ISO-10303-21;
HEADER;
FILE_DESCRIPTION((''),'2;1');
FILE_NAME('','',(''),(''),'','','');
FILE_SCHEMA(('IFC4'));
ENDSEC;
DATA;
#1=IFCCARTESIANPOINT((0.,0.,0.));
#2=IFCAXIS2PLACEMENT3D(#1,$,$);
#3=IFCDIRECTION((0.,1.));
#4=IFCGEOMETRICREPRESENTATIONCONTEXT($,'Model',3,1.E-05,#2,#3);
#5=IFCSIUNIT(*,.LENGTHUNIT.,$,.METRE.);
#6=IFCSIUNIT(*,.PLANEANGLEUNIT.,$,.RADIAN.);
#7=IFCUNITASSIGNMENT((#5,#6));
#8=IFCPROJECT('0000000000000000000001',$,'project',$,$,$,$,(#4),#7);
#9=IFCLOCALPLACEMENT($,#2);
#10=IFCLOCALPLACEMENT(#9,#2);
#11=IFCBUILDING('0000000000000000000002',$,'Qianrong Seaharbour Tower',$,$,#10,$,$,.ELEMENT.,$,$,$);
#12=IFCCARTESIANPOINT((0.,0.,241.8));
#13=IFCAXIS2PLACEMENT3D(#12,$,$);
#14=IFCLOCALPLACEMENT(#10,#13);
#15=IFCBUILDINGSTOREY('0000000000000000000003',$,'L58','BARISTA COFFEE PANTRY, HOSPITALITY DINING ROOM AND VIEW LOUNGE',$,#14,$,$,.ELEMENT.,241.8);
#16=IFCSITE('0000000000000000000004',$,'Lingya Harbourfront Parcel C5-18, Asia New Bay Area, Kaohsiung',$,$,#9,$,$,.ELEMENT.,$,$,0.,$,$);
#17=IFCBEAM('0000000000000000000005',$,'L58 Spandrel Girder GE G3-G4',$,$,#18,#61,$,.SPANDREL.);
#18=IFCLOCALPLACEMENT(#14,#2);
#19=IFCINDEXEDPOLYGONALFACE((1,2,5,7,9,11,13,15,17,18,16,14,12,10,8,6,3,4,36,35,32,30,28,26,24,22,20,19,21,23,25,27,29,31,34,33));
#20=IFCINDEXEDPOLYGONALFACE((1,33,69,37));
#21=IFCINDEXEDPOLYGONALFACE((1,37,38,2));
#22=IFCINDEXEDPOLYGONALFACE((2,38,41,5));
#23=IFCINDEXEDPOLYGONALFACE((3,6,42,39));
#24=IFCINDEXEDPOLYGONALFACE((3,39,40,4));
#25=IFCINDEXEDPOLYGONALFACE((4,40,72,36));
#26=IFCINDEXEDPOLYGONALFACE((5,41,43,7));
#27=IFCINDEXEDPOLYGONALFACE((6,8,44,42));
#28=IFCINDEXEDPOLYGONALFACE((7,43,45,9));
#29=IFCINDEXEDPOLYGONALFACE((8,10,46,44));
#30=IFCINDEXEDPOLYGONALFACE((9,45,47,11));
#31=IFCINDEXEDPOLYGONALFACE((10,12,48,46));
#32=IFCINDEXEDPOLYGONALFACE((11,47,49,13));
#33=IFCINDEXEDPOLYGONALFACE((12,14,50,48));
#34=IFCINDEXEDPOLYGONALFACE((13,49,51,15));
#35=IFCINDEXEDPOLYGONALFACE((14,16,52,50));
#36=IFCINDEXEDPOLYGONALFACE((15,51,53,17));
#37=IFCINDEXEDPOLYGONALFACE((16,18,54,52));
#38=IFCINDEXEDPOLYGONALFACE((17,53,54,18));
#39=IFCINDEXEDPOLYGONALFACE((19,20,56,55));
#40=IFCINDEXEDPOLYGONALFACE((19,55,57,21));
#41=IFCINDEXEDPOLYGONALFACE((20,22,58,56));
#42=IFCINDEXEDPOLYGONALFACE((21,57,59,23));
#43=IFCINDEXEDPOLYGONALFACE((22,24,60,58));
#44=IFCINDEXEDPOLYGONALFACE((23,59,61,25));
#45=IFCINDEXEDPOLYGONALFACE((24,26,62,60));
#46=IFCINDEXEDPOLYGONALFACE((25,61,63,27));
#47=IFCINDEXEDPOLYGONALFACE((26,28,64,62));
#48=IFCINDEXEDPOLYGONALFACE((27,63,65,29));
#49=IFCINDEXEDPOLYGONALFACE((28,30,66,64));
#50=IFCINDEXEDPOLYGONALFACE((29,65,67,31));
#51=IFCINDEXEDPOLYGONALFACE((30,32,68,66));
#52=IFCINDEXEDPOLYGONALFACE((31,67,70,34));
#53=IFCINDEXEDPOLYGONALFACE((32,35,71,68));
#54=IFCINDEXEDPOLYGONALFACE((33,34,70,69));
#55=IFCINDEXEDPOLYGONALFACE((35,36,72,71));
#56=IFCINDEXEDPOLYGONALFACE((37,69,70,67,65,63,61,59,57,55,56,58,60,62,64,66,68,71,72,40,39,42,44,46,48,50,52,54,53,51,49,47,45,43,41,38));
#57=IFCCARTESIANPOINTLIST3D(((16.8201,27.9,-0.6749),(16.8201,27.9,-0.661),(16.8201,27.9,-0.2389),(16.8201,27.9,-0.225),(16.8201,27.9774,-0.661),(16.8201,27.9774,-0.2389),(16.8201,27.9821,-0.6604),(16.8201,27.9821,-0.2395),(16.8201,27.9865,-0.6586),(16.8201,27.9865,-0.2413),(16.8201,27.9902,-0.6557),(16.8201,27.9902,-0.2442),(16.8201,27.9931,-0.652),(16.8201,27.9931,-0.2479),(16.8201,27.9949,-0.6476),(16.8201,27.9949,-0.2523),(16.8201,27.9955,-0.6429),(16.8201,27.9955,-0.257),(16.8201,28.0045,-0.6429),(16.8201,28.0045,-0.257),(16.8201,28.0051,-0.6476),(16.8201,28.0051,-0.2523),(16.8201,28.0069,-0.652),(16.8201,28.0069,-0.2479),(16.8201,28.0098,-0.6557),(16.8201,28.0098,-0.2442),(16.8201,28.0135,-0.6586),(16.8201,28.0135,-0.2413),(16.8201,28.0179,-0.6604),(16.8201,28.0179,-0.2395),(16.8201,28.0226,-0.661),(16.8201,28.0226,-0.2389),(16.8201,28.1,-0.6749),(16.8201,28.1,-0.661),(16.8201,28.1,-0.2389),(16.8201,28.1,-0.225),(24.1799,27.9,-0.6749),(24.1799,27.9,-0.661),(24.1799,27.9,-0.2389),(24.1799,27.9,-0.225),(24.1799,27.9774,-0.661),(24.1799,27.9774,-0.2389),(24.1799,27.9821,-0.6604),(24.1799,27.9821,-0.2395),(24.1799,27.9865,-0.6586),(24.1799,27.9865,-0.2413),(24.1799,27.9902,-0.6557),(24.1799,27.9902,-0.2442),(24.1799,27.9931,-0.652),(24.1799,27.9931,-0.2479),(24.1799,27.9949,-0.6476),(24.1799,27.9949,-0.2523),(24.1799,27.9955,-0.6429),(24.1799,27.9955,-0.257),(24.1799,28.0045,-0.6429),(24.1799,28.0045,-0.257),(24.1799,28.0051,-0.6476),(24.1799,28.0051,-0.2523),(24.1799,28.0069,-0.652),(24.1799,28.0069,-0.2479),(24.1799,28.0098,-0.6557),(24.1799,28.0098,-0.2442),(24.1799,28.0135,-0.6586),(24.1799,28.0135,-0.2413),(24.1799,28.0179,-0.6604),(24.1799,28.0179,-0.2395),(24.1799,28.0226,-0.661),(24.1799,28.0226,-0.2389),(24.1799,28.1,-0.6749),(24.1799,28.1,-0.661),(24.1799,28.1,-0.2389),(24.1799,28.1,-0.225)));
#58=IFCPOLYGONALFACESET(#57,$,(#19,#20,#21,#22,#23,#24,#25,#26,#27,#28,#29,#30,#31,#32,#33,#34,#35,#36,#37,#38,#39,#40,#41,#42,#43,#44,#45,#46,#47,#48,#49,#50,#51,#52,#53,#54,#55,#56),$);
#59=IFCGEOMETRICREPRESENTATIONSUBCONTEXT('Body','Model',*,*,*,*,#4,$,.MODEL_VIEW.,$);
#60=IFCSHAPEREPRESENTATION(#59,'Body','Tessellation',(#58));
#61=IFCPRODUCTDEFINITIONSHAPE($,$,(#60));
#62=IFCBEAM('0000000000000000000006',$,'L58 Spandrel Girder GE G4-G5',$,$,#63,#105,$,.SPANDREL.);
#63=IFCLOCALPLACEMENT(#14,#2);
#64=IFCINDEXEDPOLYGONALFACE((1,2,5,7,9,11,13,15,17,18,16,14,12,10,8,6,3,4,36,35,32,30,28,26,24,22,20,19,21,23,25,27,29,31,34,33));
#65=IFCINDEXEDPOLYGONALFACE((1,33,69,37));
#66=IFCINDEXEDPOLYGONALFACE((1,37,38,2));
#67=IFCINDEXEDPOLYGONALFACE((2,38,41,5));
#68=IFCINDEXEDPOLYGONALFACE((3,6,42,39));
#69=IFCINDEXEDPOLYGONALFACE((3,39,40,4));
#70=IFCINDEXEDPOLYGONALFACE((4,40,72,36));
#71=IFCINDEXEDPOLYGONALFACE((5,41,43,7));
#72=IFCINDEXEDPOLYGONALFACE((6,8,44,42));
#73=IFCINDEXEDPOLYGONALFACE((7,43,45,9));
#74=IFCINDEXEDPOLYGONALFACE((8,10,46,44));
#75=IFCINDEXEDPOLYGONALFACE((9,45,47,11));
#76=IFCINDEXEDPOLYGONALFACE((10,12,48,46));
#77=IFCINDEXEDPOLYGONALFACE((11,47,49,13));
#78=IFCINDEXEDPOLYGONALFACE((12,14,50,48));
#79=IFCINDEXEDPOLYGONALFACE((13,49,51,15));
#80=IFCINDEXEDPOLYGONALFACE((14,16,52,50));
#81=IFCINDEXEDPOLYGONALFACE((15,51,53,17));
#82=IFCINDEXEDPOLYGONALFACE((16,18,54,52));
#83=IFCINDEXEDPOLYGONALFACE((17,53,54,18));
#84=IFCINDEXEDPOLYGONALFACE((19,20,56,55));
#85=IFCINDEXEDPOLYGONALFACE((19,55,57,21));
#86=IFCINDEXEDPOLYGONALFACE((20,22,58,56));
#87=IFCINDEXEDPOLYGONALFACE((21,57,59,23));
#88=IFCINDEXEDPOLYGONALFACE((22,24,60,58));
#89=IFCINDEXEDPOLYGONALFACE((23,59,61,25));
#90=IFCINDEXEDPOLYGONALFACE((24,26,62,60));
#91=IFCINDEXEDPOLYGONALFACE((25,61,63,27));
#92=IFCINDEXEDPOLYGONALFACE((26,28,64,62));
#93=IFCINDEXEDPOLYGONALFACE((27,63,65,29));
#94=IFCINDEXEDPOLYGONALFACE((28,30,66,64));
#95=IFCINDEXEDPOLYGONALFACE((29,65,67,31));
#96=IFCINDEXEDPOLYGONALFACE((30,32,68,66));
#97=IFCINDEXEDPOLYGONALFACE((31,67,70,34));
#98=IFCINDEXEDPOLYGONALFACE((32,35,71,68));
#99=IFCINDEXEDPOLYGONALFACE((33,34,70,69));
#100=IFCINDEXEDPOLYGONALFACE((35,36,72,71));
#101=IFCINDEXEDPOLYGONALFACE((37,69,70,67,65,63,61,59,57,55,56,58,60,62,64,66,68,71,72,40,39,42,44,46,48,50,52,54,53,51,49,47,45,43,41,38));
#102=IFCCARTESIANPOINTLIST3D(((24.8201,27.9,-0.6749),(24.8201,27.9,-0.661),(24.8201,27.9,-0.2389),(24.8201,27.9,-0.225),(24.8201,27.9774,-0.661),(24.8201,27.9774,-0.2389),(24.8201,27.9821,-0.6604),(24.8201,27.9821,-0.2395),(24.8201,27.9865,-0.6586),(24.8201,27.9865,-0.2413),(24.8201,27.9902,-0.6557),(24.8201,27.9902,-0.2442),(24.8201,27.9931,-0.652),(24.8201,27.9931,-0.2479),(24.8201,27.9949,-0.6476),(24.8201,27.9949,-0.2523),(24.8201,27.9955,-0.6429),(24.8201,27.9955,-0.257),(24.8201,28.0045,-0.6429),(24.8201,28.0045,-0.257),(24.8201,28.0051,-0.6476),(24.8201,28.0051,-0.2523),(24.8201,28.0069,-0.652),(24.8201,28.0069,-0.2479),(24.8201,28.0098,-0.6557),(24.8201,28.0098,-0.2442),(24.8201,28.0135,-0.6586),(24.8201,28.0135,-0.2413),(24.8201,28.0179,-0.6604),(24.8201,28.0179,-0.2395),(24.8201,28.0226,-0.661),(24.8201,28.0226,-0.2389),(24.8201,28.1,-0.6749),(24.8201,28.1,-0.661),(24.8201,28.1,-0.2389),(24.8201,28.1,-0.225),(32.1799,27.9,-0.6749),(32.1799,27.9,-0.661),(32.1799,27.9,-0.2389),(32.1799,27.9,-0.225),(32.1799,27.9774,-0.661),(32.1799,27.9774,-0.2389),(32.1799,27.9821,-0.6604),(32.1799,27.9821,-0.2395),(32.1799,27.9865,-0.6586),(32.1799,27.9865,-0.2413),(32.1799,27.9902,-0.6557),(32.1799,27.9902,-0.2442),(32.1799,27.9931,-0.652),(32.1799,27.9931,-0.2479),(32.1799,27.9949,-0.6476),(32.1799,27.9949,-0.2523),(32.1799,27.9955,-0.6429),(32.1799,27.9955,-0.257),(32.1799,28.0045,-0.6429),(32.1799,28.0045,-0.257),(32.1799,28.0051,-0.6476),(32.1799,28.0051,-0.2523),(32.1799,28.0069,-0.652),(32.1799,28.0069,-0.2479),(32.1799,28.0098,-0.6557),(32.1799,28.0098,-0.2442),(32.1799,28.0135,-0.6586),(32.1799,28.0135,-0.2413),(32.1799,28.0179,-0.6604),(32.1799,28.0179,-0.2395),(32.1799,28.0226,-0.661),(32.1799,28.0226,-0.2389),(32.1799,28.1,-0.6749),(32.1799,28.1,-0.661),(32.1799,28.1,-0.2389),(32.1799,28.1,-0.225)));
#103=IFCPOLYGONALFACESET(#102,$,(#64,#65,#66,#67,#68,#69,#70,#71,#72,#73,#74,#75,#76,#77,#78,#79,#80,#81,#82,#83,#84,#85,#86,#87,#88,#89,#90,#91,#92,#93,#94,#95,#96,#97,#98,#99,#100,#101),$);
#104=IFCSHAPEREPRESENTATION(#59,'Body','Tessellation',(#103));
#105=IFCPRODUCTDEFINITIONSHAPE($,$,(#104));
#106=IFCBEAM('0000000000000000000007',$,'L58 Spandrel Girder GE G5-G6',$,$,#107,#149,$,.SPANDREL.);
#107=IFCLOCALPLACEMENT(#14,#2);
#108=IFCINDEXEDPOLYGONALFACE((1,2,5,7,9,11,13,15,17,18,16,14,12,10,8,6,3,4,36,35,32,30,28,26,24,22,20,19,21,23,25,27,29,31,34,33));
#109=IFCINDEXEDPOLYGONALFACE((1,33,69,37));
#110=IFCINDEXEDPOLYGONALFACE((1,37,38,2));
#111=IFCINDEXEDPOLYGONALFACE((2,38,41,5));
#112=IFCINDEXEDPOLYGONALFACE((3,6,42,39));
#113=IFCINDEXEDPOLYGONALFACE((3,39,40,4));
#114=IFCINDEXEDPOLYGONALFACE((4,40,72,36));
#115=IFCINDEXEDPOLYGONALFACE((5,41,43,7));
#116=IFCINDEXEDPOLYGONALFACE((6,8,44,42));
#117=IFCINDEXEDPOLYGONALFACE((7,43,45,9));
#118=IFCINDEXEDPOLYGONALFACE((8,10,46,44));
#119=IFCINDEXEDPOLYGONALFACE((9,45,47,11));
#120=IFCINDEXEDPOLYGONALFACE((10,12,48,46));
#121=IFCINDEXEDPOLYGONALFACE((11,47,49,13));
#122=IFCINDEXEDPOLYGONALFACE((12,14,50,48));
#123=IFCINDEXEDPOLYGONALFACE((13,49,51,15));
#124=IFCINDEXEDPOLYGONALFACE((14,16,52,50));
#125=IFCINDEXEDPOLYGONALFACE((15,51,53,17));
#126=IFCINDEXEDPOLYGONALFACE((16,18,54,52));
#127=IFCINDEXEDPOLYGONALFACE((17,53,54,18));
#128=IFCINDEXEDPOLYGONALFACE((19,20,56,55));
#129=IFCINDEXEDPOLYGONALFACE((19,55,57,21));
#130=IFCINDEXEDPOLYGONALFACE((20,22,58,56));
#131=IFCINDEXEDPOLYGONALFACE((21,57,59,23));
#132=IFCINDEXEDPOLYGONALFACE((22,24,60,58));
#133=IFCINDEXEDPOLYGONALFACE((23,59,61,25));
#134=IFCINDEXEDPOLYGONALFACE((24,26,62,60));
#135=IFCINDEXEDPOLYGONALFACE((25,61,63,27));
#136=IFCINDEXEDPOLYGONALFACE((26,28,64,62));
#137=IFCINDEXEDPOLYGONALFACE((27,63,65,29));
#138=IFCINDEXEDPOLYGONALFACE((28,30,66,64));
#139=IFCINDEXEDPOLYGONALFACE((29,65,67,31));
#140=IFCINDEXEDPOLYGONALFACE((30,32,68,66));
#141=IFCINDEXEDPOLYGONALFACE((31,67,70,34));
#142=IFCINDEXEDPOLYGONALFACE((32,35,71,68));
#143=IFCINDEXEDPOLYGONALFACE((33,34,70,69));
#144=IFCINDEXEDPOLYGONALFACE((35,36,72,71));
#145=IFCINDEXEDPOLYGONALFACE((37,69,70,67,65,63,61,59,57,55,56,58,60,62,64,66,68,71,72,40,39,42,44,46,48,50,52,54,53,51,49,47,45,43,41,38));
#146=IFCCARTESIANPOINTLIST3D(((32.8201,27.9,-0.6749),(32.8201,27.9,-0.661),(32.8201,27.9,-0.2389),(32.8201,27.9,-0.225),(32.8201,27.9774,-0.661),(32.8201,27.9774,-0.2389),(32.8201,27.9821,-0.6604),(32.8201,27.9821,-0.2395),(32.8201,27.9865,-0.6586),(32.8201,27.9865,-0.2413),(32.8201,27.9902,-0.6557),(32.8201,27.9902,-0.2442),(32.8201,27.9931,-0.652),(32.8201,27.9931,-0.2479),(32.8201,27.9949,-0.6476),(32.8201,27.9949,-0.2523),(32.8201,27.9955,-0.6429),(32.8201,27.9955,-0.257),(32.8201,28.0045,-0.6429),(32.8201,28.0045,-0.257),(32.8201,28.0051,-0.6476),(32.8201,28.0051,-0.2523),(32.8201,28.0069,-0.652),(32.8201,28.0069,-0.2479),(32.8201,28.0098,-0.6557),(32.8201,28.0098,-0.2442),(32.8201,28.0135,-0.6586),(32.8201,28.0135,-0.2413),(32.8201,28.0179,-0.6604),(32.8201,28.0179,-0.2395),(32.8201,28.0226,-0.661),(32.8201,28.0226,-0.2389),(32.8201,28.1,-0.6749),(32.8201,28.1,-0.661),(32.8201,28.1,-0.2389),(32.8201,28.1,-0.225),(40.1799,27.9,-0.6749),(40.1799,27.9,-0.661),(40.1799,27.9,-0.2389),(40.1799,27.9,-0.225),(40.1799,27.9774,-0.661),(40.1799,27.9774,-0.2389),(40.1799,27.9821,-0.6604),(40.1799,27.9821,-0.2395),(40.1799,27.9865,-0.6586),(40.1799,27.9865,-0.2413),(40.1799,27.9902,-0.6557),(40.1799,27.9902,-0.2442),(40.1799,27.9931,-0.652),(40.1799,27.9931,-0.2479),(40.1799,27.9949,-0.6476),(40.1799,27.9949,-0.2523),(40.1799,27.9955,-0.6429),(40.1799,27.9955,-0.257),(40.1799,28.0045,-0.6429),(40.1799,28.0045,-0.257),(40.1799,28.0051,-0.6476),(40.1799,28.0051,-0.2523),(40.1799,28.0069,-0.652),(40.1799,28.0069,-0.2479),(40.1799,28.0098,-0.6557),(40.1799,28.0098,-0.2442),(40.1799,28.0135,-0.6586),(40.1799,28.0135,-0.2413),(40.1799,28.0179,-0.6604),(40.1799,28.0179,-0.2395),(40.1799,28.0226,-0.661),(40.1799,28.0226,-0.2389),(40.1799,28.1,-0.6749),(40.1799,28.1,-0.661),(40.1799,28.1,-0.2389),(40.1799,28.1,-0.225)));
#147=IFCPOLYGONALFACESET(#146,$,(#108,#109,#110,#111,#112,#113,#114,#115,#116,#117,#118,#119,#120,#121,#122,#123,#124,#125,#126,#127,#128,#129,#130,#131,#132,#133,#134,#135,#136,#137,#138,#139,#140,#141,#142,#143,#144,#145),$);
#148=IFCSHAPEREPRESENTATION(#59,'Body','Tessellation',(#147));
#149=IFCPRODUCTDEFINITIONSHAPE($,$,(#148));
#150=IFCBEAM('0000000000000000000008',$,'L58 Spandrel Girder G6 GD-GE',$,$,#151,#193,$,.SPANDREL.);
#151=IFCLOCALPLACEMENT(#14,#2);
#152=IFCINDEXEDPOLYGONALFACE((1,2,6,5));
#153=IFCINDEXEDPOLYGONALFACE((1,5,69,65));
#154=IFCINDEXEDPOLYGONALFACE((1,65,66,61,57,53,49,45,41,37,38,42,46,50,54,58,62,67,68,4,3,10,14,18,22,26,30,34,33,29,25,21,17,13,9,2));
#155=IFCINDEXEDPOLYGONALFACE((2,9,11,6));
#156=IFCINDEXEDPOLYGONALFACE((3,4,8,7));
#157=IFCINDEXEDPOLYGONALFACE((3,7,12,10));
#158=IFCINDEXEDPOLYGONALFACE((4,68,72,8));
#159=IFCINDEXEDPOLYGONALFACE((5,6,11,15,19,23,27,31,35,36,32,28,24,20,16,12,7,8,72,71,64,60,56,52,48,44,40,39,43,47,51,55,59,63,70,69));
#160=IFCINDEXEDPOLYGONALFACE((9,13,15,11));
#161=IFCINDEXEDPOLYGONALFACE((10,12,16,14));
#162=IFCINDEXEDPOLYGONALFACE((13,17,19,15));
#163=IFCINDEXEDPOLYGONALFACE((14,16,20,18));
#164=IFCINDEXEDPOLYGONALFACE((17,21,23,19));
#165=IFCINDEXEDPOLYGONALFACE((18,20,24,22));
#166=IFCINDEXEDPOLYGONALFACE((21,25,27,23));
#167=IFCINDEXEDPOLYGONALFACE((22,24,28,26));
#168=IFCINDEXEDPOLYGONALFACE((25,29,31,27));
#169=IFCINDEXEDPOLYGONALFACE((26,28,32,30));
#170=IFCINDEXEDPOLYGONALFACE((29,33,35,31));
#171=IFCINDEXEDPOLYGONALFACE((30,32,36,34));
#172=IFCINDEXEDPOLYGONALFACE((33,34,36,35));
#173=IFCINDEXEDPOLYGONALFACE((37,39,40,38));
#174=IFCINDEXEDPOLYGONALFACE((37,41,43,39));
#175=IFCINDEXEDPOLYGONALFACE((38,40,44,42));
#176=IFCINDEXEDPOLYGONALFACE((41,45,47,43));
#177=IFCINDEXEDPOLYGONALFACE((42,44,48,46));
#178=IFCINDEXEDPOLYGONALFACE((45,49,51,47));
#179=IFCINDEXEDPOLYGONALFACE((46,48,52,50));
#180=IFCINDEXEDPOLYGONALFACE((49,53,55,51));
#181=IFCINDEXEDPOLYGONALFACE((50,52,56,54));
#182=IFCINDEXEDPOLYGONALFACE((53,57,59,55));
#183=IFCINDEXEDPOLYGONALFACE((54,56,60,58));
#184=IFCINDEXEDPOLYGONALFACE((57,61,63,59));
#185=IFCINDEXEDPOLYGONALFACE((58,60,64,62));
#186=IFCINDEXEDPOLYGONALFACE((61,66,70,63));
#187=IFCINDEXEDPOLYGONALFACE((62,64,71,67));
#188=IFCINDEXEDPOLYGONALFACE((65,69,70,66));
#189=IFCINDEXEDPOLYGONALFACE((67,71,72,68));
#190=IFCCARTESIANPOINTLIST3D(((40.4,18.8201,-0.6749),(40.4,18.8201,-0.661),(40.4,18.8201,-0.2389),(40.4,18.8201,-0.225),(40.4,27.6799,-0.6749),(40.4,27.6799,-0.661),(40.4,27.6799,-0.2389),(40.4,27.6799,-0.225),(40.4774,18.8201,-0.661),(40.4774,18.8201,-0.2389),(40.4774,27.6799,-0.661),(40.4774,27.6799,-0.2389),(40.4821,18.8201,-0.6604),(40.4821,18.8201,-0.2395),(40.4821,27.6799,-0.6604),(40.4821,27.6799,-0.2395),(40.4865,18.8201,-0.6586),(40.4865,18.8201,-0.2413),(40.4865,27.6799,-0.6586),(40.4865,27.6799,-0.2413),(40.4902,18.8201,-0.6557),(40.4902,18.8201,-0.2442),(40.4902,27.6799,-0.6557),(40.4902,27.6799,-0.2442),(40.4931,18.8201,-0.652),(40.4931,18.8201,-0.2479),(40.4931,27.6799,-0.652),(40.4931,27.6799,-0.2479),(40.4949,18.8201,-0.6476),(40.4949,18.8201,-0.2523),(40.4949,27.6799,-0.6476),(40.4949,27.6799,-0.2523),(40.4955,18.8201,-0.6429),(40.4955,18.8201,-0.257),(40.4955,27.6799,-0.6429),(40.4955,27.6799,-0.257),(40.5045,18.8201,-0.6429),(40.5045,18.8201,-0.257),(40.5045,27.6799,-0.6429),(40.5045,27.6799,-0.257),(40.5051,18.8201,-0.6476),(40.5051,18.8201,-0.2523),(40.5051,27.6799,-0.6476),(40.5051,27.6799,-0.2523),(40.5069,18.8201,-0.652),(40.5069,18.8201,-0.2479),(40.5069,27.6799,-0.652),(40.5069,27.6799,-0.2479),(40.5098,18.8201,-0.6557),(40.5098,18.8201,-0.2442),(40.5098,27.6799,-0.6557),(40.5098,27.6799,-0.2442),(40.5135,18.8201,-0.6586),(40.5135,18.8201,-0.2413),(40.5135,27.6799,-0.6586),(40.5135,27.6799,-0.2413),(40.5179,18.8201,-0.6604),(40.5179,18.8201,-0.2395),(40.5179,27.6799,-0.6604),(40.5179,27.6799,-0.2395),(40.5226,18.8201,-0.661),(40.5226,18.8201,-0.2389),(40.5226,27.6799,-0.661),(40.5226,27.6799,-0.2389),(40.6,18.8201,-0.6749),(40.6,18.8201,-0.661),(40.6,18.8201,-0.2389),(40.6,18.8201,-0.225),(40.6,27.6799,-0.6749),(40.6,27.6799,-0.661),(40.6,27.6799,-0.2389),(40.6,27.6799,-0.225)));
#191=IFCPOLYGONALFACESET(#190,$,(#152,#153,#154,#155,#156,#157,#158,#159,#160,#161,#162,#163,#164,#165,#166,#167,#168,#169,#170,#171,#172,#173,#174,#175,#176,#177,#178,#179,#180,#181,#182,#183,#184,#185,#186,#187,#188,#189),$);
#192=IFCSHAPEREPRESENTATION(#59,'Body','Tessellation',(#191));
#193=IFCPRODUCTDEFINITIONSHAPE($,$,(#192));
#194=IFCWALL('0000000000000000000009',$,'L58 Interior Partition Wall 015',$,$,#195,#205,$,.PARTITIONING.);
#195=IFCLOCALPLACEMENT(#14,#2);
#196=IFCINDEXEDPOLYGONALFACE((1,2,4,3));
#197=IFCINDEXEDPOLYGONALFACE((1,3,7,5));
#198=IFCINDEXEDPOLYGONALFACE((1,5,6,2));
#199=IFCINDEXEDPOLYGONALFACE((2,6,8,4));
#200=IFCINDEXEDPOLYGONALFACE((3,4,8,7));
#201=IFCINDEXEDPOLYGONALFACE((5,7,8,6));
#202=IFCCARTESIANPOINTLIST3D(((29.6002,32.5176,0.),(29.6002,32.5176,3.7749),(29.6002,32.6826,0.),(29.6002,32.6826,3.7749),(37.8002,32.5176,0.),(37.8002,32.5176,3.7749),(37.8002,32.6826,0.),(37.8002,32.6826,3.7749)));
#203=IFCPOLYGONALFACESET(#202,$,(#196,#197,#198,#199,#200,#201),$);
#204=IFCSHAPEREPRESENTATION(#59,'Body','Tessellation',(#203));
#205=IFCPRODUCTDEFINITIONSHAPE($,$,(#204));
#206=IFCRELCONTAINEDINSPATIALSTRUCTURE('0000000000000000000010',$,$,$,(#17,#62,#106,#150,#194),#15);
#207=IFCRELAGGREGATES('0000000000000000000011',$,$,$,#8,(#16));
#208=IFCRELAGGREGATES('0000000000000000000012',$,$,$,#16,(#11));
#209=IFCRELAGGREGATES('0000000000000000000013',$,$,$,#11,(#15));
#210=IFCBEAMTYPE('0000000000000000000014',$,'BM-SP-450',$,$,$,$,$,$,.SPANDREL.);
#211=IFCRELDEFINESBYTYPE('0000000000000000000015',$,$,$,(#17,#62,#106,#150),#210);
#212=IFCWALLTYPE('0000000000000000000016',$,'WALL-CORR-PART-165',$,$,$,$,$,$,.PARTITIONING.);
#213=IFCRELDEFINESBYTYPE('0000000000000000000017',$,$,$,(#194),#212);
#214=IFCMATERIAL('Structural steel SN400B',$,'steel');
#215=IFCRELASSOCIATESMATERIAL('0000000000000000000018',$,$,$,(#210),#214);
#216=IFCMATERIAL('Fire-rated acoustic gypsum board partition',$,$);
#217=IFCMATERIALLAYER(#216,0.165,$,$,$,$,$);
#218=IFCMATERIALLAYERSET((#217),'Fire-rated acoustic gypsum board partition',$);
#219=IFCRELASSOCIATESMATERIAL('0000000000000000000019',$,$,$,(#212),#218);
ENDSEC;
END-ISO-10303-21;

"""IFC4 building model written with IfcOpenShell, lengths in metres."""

from ifc_helpers import new_model, si_unit, direction, frame, frame_2d, origin, origin_2d, place, context, subcontext, project, spatial, rectangle, i_section, extrude, material, layer, layer_set, material_profile, profile_set, type_object, element, save


model = new_model("IFC4")

# Units and contexts
model_context = context("Model", 3, precision=1e-05, world=origin(), true_north=direction((0.0, 1.0)))
body_context = subcontext(model_context, "Body", "Model", "MODEL_VIEW")
ifc_project = project(units=[si_unit("LENGTHUNIT", "METRE"), si_unit("PLANEANGLEUNIT", "RADIAN")], contexts=[model_context])

# Site, building, storey
site_placement = place(None, origin())
site = spatial("IfcSite", under=ifc_project, at=site_placement, Name="Lingya Harbourfront Parcel C5-18, Asia New Bay Area, Kaohsiung", CompositionType="ELEMENT", RefElevation=0.0)
building_placement = place(site_placement, origin())
building = spatial("IfcBuilding", under=site, at=building_placement, Name="Qianrong Seaharbour Tower", CompositionType="ELEMENT")
storey_placement = place(building_placement, frame((0.0, 0.0, 241.8)))
storey = spatial("IfcBuildingStorey", under=building, at=storey_placement, Name="L58", Description="BARISTA COFFEE PANTRY, HOSPITALITY DINING ROOM AND VIEW LOUNGE", CompositionType="ELEMENT", Elevation=241.8)

# Beams
ifc_material_1 = material(Name="Structural steel SN400B", Category="steel")
ifc_material_profile_1 = material_profile(ifc_material_1, i_section(OverallWidth=0.2, OverallDepth=0.45, WebThickness=0.009, FlangeThickness=0.0139, FilletRadius=0.0181, at=origin_2d()), Name="H450x200x9x14")
ifc_profile_set_1 = profile_set([ifc_material_profile_1], Name="Structural steel SN400B")
beam_type_1 = type_object("IfcBeamType", Name="BM-SP-450", PredefinedType="SPANDREL", material=ifc_profile_set_1)
for number, where, z_axis, x_axis, name in (
    (1, (16.8201, 28.0, -0.45), (1.0, 0.0, 0.0), (0.0, 1.0, 0.0), "L58 Spandrel Girder GE G3-G4"),
    (2, (24.8201, 28.0, -0.45), (1.0, 0.0, 0.0), (0.0, 1.0, 0.0), "L58 Spandrel Girder GE G4-G5"),
    (3, (32.8201, 28.0, -0.45), (1.0, 0.0, 0.0), (0.0, 1.0, 0.0), "L58 Spandrel Girder GE G5-G6"),
):
    element("IfcBeam", number, at=place(storey_placement, frame(where, z_axis=z_axis, x_axis=x_axis)), inside=storey, type_object=beam_type_1, Name=name, PredefinedType="SPANDREL", context=body_context, shape_type="SweptSolid", body=[
        extrude(i_section(OverallWidth=0.2, OverallDepth=0.45, WebThickness=0.009, FlangeThickness=0.0139, FilletRadius=0.0181, at=origin_2d()), origin(), (0.0, 0.0, 1.0), 7.3599),
    ])
beam_1_placement = place(storey_placement, frame((40.5, 18.8201, -0.45), z_axis=(0.0, 1.0, 0.0), x_axis=(-1.0, 0.0, 0.0)))
element("IfcBeam", 4, at=beam_1_placement, inside=storey, type_object=beam_type_1, Name="L58 Spandrel Girder G6 GD-GE", PredefinedType="SPANDREL", context=body_context, shape_type="SweptSolid", body=[
    extrude(i_section(OverallWidth=0.2, OverallDepth=0.45, WebThickness=0.009, FlangeThickness=0.0139, FilletRadius=0.0181, at=origin_2d()), origin(), (0.0, 0.0, 1.0), 8.8599),
])

# Wall
ifc_material_2 = material(Name="Fire-rated acoustic gypsum board partition")
ifc_layer_1 = layer(ifc_material_2, 0.165)
ifc_layer_set_1 = layer_set([ifc_layer_1], Name="Fire-rated acoustic gypsum board partition")
wall_type_1 = type_object("IfcWallType", Name="WALL-CORR-PART-165", PredefinedType="PARTITIONING", material=ifc_layer_set_1)
wall_1_placement = place(storey_placement, frame((29.6001, 32.6001, 0.0), z_axis=(0.0, 0.0, 1.0), x_axis=(1.0, 0.0, 0.0)))
element("IfcWall", 5, at=wall_1_placement, inside=storey, type_object=wall_type_1, Name="L58 Interior Partition Wall 015", PredefinedType="PARTITIONING", context=body_context, shape_type="SweptSolid", body=[
    extrude(rectangle(XDim=8.2, YDim=0.165, at=frame_2d((4.1001, 0.0))), origin(), (0.0, 0.0, 1.0), 3.7749),
])

save(model, "model.ifc")
